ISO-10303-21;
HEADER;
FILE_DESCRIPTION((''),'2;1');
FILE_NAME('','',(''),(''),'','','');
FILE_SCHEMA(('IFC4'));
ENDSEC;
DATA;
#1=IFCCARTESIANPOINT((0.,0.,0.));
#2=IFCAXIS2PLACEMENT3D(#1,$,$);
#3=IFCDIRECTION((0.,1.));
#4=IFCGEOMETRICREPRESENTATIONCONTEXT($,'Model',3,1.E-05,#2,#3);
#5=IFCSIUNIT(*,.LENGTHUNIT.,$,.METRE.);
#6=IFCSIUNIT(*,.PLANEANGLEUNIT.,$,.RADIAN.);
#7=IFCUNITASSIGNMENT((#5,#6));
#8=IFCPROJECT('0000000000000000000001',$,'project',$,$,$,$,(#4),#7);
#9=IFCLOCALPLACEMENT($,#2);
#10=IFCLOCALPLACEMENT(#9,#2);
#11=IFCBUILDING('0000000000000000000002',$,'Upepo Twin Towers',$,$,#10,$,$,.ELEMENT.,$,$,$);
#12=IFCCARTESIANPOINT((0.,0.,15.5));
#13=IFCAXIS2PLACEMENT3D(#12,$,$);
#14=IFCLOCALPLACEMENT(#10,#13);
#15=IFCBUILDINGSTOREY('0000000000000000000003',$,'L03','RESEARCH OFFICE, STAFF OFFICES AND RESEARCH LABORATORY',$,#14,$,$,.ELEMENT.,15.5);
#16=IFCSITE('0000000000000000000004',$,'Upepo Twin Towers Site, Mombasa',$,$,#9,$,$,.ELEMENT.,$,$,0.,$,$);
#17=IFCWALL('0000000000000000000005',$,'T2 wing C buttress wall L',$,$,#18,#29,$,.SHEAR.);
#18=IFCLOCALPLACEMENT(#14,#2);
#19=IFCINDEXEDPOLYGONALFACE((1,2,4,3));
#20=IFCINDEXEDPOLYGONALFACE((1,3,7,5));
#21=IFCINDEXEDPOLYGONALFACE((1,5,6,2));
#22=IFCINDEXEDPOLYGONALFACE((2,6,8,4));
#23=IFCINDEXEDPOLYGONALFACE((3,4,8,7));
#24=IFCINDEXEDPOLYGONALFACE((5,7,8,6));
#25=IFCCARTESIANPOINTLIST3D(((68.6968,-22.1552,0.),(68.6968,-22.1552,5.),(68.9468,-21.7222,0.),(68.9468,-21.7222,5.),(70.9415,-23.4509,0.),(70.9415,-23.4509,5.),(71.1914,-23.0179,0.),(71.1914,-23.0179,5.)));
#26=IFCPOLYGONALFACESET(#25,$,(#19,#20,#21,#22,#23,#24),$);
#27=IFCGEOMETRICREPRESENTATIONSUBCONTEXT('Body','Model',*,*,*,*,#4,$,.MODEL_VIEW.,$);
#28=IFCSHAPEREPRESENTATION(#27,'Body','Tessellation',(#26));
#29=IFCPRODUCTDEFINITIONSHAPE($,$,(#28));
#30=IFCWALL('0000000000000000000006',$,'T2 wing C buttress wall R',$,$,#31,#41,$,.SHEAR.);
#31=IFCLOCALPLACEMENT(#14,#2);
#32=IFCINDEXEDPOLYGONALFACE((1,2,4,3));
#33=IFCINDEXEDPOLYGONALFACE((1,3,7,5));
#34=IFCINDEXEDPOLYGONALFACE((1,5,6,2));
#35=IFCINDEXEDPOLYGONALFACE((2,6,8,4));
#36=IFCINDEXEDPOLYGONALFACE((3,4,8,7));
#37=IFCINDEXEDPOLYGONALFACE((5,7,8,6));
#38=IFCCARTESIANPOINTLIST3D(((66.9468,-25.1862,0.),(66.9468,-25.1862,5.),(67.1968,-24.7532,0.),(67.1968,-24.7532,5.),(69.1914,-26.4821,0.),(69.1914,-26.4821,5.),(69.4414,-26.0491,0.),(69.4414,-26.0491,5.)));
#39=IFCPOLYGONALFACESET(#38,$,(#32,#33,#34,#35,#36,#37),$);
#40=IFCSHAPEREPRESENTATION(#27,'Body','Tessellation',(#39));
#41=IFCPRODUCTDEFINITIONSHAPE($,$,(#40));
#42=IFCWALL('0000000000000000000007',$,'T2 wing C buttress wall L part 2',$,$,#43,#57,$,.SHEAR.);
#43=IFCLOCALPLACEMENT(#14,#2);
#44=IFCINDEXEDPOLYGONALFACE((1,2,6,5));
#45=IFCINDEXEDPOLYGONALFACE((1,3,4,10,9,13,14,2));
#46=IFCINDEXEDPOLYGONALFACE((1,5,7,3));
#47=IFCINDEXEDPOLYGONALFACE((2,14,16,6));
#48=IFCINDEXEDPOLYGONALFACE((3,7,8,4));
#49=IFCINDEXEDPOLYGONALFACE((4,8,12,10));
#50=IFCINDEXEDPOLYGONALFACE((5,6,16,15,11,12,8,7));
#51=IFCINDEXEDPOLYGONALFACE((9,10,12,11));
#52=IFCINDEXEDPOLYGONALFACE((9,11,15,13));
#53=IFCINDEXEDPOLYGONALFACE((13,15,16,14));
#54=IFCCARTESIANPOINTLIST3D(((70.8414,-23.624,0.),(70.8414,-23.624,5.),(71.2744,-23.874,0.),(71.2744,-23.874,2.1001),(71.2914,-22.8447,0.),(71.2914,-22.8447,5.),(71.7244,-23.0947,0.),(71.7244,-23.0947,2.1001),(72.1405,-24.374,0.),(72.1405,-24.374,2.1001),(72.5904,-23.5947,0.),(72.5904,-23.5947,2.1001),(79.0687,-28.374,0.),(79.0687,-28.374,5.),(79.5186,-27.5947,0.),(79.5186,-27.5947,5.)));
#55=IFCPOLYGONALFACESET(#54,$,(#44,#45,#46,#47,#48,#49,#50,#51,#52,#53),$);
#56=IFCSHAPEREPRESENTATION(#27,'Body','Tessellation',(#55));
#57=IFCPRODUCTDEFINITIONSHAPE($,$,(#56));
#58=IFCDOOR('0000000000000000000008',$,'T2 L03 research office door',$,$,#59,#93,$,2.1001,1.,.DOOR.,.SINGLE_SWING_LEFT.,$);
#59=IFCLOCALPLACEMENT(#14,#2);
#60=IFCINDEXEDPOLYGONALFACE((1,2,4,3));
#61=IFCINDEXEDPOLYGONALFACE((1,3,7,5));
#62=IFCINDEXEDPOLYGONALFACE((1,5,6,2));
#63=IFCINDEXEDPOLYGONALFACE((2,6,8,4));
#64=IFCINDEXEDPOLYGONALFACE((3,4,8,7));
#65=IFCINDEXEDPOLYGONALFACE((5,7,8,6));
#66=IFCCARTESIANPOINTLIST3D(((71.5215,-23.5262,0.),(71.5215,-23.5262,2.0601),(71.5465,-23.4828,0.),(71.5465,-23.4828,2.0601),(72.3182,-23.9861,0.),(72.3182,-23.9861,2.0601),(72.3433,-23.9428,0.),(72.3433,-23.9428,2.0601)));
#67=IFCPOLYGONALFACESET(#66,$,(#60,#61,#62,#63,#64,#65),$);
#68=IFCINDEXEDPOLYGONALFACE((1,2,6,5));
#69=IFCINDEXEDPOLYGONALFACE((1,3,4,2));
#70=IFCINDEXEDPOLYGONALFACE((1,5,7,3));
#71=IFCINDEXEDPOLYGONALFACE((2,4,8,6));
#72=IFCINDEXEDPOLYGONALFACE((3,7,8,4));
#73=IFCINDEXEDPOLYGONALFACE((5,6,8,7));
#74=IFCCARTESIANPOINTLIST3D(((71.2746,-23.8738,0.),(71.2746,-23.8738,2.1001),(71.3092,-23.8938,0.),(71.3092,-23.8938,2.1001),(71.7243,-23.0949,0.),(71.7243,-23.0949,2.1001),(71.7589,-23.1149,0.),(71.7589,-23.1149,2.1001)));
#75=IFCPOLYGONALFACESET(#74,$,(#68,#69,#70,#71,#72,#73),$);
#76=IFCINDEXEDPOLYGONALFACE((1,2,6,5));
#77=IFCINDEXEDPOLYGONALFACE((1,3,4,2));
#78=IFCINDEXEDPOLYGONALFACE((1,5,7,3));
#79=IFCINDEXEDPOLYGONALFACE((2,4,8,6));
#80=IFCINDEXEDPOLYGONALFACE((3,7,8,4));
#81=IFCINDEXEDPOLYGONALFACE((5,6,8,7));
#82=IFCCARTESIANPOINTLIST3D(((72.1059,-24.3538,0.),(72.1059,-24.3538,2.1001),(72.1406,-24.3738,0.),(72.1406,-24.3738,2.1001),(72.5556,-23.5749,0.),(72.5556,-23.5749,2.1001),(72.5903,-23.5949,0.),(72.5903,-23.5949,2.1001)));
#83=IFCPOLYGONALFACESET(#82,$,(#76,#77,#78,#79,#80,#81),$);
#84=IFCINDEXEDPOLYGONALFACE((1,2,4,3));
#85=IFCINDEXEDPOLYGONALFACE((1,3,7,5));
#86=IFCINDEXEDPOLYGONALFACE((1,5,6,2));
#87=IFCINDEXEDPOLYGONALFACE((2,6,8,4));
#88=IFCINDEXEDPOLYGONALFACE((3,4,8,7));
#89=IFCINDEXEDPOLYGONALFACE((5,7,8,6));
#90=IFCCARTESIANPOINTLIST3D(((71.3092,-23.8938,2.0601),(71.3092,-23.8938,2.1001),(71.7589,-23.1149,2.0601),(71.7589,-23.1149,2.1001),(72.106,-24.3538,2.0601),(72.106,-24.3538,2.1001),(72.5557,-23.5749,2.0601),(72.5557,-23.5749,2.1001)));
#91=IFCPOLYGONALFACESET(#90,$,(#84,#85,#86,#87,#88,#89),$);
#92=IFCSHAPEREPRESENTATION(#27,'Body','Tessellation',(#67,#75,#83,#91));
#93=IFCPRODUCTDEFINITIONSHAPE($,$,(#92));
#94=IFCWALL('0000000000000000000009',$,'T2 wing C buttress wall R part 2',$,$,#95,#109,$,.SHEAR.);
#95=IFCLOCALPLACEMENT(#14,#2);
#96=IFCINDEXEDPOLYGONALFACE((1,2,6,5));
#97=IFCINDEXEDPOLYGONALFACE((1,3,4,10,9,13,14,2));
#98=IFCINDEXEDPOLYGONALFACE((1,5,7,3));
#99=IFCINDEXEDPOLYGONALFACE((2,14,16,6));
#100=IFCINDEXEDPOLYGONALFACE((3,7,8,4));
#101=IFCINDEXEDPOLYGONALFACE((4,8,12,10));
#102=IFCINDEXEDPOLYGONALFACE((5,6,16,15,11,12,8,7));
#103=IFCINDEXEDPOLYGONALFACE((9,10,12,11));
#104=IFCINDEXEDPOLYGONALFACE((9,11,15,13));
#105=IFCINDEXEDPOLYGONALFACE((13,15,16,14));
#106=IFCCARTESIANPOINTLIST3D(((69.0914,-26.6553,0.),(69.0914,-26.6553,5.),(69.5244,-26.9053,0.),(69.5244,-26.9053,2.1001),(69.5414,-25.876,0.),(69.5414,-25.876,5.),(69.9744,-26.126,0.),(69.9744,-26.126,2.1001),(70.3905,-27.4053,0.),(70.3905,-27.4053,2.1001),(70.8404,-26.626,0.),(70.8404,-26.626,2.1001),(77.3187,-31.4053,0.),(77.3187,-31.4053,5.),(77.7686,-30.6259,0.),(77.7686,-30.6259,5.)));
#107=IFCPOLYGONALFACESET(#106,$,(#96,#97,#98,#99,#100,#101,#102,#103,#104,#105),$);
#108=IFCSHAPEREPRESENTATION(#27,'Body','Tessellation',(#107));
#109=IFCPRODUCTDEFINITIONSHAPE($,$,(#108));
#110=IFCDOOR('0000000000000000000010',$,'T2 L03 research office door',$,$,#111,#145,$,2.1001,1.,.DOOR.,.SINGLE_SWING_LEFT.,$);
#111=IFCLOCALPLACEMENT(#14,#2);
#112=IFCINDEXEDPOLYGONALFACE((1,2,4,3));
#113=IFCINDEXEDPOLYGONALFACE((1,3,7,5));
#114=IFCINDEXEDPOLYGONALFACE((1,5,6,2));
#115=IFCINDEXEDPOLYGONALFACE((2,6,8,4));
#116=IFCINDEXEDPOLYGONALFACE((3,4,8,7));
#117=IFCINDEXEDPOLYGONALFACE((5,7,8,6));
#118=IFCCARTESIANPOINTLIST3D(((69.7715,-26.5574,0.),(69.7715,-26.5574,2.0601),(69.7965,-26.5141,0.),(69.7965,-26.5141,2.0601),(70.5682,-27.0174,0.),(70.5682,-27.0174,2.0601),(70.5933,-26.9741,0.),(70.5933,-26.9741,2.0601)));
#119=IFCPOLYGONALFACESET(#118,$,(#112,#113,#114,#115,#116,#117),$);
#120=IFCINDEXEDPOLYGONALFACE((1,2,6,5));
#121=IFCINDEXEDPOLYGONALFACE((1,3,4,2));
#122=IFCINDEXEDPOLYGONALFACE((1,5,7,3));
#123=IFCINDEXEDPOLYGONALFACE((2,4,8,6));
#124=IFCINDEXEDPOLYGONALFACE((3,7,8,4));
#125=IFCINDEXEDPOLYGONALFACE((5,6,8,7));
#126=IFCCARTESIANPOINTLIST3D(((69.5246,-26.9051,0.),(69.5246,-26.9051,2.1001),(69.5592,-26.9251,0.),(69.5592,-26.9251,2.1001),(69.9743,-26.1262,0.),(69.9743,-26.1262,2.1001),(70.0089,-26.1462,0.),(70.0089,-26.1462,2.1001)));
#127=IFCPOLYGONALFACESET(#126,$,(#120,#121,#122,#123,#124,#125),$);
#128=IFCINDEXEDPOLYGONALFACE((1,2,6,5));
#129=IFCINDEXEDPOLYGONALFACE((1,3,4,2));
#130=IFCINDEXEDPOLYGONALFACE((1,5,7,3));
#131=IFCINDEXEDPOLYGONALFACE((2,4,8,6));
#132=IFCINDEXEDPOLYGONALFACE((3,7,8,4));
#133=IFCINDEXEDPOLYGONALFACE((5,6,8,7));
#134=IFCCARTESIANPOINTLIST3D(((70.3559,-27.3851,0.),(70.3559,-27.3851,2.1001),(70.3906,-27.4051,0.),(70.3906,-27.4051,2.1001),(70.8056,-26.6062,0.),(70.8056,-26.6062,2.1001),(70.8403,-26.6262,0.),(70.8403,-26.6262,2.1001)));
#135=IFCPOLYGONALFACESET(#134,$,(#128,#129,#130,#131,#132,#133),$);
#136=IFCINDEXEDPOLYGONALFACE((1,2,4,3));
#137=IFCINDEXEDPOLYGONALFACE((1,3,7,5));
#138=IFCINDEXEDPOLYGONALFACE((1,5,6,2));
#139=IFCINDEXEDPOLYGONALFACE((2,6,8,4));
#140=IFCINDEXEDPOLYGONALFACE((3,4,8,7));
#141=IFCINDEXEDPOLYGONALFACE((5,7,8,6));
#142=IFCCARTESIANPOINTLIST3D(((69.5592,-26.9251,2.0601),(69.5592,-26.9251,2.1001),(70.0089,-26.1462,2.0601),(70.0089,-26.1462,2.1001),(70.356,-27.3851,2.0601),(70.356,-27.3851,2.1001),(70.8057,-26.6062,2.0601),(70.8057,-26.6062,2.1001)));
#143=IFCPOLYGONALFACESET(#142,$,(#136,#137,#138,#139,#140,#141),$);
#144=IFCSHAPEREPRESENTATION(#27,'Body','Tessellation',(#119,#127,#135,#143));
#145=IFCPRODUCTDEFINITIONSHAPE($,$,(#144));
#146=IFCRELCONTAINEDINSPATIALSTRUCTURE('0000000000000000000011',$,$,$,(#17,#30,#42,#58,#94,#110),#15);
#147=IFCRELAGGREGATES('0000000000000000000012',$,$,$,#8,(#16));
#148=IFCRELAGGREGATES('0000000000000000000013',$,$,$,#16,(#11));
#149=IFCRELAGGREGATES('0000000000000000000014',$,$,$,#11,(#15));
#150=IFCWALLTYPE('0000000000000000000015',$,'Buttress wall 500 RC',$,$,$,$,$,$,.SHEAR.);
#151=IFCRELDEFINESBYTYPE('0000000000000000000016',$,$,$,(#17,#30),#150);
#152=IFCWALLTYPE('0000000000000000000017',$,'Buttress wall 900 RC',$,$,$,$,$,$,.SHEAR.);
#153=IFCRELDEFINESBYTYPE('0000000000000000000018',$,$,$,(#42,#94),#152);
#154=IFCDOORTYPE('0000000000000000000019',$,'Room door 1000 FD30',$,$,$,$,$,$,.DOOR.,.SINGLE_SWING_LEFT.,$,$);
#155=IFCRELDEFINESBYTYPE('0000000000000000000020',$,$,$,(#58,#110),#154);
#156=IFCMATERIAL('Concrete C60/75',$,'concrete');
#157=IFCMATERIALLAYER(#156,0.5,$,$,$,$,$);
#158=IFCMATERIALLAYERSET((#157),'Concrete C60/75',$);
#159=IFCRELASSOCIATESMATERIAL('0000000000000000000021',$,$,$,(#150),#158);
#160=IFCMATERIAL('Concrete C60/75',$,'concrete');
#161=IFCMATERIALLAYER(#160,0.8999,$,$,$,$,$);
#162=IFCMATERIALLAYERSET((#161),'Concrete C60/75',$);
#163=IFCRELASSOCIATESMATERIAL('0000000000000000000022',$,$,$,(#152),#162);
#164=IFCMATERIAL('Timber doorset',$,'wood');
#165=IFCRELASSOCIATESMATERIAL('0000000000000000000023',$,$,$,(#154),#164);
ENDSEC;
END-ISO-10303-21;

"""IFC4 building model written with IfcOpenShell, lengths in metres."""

from ifc_helpers import new_model, si_unit, direction, frame, frame_2d, origin, place, context, subcontext, project, spatial, rectangle, extrude, material, layer, layer_set, type_object, element, fill, save


model = new_model("IFC4")

# Units and contexts
model_context = context("Model", 3, precision=1e-05, world=origin(), true_north=direction((0.0, 1.0)))
body_context = subcontext(model_context, "Body", "Model", "MODEL_VIEW")
ifc_project = project(units=[si_unit("LENGTHUNIT", "METRE"), si_unit("PLANEANGLEUNIT", "RADIAN")], contexts=[model_context])

# Site, building, storey
site_placement = place(None, origin())
site = spatial("IfcSite", under=ifc_project, at=site_placement, Name="Upepo Twin Towers Site, Mombasa", CompositionType="ELEMENT", RefElevation=0.0)
building_placement = place(site_placement, origin())
building = spatial("IfcBuilding", under=site, at=building_placement, Name="Upepo Twin Towers", CompositionType="ELEMENT")
storey_placement = place(building_placement, frame((0.0, 0.0, 15.5)))
storey = spatial("IfcBuildingStorey", under=building, at=storey_placement, Name="L03", Description="RESEARCH OFFICE, STAFF OFFICES AND RESEARCH LABORATORY", CompositionType="ELEMENT", Elevation=15.5)

# Walls
ifc_material_1 = material(Name="Concrete C60/75", Category="concrete")
ifc_layer_1 = layer(ifc_material_1, 0.5)
ifc_layer_set_1 = layer_set([ifc_layer_1], Name="Concrete C60/75")
wall_type_1 = type_object("IfcWallType", Name="Buttress wall 500 RC", PredefinedType="SHEAR", material=ifc_layer_set_1)
for number, where, z_axis, x_axis, name in (
    (1, (68.8218, -21.9387, 0.0), (0.0, 0.0, 1.0), (0.866073, -0.499918, 0.0), "T2 wing C buttress wall L"),
    (2, (67.0718, -24.9697, 0.0), (0.0, 0.0, 1.0), (0.866032, -0.499989, 0.0), "T2 wing C buttress wall R"),
):
    element("IfcWall", number, at=place(storey_placement, frame(where, z_axis=z_axis, x_axis=x_axis)), inside=storey, type_object=wall_type_1, Name=name, PredefinedType="SHEAR", context=body_context, shape_type="SweptSolid", body=[
        extrude(rectangle(XDim=2.5918, YDim=0.5, at=frame_2d((1.2959, 0.0))), origin(), (0.0, 0.0, 1.0), 5.0),
    ])

# Walls, openings, doors
ifc_material_2 = material(Name="Concrete C60/75", Category="concrete")
ifc_layer_2 = layer(ifc_material_2, 0.8999)
ifc_layer_set_2 = layer_set([ifc_layer_2], Name="Concrete C60/75")
wall_type_2 = type_object("IfcWallType", Name="Buttress wall 900 RC", PredefinedType="SHEAR", material=ifc_layer_set_2)
wall_1_placement = place(storey_placement, frame((71.0664, -23.2344, 0.0), z_axis=(0.0, 0.0, 1.0), x_axis=(0.866027, -0.499998, 0.0)))
wall_1 = element("IfcWall", 3, at=wall_1_placement, inside=storey, type_object=wall_type_2, Name="T2 wing C buttress wall L part 2", PredefinedType="SHEAR", context=body_context, shape_type="SweptSolid", body=[
    extrude(rectangle(XDim=9.5, YDim=0.8999, at=frame_2d((4.75, 0.0))), origin(), (0.0, 0.0, 1.0), 5.0),
])
opening_1_placement = place(wall_1_placement, frame((0.5, 0.0, 0.0)))
opening_1 = element("IfcOpeningElement", 4, at=opening_1_placement, cuts=wall_1, PredefinedType="OPENING", context=body_context, shape_type="SweptSolid", body=[
    extrude(rectangle(XDim=1.0, YDim=2.1001, at=frame_2d((0.5, 1.05))), frame((0.0, 0.46, 0.0), z_axis=(0.0, -1.0, 0.0), x_axis=(1.0, 0.0, 0.0)), (0.0, 0.0, 1.0), 0.9199),
])
ifc_material_3 = material(Name="Timber doorset", Category="wood")
door_type_1 = type_object("IfcDoorType", Name="Room door 1000 FD30", OperationType="SINGLE_SWING_LEFT", PredefinedType="DOOR", material=ifc_material_3)
door_1_placement = place(opening_1_placement, origin())
door_1 = element("IfcDoor", 5, at=door_1_placement, inside=storey, type_object=door_type_1, Name="T2 L03 research office door", OperationType="SINGLE_SWING_LEFT", OverallHeight=2.1001, OverallWidth=1.0, PredefinedType="DOOR", context=body_context, shape_type="SweptSolid", body=[
    extrude(rectangle(XDim=0.92, YDim=2.0601, at=frame_2d((0.5, 1.03))), frame((0.0, 0.0249, 0.0), z_axis=(0.0, -1.0, 0.0), x_axis=(1.0, 0.0, 0.0)), (0.0, 0.0, 1.0), 0.05),
    extrude(rectangle(XDim=0.04, YDim=2.1001, at=frame_2d((0.02, 1.05))), frame((0.0, 0.4497, 0.0), z_axis=(0.0, -1.0, 0.0), x_axis=(1.0, 0.0, 0.0)), (0.0, 0.0, 1.0), 0.8994),
    extrude(rectangle(XDim=0.04, YDim=2.1001, at=frame_2d((0.98, 1.05))), frame((0.0, 0.4497, 0.0), z_axis=(0.0, -1.0, 0.0), x_axis=(1.0, 0.0, 0.0)), (0.0, 0.0, 1.0), 0.8994),
    extrude(rectangle(XDim=0.92, YDim=0.04, at=frame_2d((0.5, 2.0801))), frame((0.0, 0.4497, 0.0), z_axis=(0.0, -1.0, 0.0), x_axis=(1.0, 0.0, 0.0)), (0.0, 0.0, 1.0), 0.8994),
])
fill(opening_1, door_1)
wall_2_placement = place(storey_placement, frame((69.3164, -26.2656, 0.0), z_axis=(0.0, 0.0, 1.0), x_axis=(0.866027, -0.499998, 0.0)))
wall_2 = element("IfcWall", 6, at=wall_2_placement, inside=storey, type_object=wall_type_2, Name="T2 wing C buttress wall R part 2", PredefinedType="SHEAR", context=body_context, shape_type="SweptSolid", body=[
    extrude(rectangle(XDim=9.5, YDim=0.8999, at=frame_2d((4.75, 0.0))), origin(), (0.0, 0.0, 1.0), 5.0),
])
opening_2_placement = place(wall_2_placement, frame((0.5, 0.0, 0.0)))
opening_2 = element("IfcOpeningElement", 7, at=opening_2_placement, cuts=wall_2, PredefinedType="OPENING", context=body_context, shape_type="SweptSolid", body=[
    extrude(rectangle(XDim=1.0, YDim=2.1001, at=frame_2d((0.5, 1.05))), frame((0.0, 0.46, 0.0), z_axis=(0.0, -1.0, 0.0), x_axis=(1.0, 0.0, 0.0)), (0.0, 0.0, 1.0), 0.9199),
])
door_2_placement = place(opening_2_placement, origin())
door_2 = element("IfcDoor", 8, at=door_2_placement, inside=storey, type_object=door_type_1, Name="T2 L03 research office door", OperationType="SINGLE_SWING_LEFT", OverallHeight=2.1001, OverallWidth=1.0, PredefinedType="DOOR", context=body_context, shape_type="SweptSolid", body=[
    extrude(rectangle(XDim=0.92, YDim=2.0601, at=frame_2d((0.5, 1.03))), frame((0.0, 0.0249, 0.0), z_axis=(0.0, -1.0, 0.0), x_axis=(1.0, 0.0, 0.0)), (0.0, 0.0, 1.0), 0.05),
    extrude(rectangle(XDim=0.04, YDim=2.1001, at=frame_2d((0.02, 1.05))), frame((0.0, 0.4497, 0.0), z_axis=(0.0, -1.0, 0.0), x_axis=(1.0, 0.0, 0.0)), (0.0, 0.0, 1.0), 0.8994),
    extrude(rectangle(XDim=0.04, YDim=2.1001, at=frame_2d((0.98, 1.05))), frame((0.0, 0.4497, 0.0), z_axis=(0.0, -1.0, 0.0), x_axis=(1.0, 0.0, 0.0)), (0.0, 0.0, 1.0), 0.8994),
    extrude(rectangle(XDim=0.92, YDim=0.04, at=frame_2d((0.5, 2.0801))), frame((0.0, 0.4497, 0.0), z_axis=(0.0, -1.0, 0.0), x_axis=(1.0, 0.0, 0.0)), (0.0, 0.0, 1.0), 0.8994),
])
fill(opening_2, door_2)

save(model, "model.ifc")
